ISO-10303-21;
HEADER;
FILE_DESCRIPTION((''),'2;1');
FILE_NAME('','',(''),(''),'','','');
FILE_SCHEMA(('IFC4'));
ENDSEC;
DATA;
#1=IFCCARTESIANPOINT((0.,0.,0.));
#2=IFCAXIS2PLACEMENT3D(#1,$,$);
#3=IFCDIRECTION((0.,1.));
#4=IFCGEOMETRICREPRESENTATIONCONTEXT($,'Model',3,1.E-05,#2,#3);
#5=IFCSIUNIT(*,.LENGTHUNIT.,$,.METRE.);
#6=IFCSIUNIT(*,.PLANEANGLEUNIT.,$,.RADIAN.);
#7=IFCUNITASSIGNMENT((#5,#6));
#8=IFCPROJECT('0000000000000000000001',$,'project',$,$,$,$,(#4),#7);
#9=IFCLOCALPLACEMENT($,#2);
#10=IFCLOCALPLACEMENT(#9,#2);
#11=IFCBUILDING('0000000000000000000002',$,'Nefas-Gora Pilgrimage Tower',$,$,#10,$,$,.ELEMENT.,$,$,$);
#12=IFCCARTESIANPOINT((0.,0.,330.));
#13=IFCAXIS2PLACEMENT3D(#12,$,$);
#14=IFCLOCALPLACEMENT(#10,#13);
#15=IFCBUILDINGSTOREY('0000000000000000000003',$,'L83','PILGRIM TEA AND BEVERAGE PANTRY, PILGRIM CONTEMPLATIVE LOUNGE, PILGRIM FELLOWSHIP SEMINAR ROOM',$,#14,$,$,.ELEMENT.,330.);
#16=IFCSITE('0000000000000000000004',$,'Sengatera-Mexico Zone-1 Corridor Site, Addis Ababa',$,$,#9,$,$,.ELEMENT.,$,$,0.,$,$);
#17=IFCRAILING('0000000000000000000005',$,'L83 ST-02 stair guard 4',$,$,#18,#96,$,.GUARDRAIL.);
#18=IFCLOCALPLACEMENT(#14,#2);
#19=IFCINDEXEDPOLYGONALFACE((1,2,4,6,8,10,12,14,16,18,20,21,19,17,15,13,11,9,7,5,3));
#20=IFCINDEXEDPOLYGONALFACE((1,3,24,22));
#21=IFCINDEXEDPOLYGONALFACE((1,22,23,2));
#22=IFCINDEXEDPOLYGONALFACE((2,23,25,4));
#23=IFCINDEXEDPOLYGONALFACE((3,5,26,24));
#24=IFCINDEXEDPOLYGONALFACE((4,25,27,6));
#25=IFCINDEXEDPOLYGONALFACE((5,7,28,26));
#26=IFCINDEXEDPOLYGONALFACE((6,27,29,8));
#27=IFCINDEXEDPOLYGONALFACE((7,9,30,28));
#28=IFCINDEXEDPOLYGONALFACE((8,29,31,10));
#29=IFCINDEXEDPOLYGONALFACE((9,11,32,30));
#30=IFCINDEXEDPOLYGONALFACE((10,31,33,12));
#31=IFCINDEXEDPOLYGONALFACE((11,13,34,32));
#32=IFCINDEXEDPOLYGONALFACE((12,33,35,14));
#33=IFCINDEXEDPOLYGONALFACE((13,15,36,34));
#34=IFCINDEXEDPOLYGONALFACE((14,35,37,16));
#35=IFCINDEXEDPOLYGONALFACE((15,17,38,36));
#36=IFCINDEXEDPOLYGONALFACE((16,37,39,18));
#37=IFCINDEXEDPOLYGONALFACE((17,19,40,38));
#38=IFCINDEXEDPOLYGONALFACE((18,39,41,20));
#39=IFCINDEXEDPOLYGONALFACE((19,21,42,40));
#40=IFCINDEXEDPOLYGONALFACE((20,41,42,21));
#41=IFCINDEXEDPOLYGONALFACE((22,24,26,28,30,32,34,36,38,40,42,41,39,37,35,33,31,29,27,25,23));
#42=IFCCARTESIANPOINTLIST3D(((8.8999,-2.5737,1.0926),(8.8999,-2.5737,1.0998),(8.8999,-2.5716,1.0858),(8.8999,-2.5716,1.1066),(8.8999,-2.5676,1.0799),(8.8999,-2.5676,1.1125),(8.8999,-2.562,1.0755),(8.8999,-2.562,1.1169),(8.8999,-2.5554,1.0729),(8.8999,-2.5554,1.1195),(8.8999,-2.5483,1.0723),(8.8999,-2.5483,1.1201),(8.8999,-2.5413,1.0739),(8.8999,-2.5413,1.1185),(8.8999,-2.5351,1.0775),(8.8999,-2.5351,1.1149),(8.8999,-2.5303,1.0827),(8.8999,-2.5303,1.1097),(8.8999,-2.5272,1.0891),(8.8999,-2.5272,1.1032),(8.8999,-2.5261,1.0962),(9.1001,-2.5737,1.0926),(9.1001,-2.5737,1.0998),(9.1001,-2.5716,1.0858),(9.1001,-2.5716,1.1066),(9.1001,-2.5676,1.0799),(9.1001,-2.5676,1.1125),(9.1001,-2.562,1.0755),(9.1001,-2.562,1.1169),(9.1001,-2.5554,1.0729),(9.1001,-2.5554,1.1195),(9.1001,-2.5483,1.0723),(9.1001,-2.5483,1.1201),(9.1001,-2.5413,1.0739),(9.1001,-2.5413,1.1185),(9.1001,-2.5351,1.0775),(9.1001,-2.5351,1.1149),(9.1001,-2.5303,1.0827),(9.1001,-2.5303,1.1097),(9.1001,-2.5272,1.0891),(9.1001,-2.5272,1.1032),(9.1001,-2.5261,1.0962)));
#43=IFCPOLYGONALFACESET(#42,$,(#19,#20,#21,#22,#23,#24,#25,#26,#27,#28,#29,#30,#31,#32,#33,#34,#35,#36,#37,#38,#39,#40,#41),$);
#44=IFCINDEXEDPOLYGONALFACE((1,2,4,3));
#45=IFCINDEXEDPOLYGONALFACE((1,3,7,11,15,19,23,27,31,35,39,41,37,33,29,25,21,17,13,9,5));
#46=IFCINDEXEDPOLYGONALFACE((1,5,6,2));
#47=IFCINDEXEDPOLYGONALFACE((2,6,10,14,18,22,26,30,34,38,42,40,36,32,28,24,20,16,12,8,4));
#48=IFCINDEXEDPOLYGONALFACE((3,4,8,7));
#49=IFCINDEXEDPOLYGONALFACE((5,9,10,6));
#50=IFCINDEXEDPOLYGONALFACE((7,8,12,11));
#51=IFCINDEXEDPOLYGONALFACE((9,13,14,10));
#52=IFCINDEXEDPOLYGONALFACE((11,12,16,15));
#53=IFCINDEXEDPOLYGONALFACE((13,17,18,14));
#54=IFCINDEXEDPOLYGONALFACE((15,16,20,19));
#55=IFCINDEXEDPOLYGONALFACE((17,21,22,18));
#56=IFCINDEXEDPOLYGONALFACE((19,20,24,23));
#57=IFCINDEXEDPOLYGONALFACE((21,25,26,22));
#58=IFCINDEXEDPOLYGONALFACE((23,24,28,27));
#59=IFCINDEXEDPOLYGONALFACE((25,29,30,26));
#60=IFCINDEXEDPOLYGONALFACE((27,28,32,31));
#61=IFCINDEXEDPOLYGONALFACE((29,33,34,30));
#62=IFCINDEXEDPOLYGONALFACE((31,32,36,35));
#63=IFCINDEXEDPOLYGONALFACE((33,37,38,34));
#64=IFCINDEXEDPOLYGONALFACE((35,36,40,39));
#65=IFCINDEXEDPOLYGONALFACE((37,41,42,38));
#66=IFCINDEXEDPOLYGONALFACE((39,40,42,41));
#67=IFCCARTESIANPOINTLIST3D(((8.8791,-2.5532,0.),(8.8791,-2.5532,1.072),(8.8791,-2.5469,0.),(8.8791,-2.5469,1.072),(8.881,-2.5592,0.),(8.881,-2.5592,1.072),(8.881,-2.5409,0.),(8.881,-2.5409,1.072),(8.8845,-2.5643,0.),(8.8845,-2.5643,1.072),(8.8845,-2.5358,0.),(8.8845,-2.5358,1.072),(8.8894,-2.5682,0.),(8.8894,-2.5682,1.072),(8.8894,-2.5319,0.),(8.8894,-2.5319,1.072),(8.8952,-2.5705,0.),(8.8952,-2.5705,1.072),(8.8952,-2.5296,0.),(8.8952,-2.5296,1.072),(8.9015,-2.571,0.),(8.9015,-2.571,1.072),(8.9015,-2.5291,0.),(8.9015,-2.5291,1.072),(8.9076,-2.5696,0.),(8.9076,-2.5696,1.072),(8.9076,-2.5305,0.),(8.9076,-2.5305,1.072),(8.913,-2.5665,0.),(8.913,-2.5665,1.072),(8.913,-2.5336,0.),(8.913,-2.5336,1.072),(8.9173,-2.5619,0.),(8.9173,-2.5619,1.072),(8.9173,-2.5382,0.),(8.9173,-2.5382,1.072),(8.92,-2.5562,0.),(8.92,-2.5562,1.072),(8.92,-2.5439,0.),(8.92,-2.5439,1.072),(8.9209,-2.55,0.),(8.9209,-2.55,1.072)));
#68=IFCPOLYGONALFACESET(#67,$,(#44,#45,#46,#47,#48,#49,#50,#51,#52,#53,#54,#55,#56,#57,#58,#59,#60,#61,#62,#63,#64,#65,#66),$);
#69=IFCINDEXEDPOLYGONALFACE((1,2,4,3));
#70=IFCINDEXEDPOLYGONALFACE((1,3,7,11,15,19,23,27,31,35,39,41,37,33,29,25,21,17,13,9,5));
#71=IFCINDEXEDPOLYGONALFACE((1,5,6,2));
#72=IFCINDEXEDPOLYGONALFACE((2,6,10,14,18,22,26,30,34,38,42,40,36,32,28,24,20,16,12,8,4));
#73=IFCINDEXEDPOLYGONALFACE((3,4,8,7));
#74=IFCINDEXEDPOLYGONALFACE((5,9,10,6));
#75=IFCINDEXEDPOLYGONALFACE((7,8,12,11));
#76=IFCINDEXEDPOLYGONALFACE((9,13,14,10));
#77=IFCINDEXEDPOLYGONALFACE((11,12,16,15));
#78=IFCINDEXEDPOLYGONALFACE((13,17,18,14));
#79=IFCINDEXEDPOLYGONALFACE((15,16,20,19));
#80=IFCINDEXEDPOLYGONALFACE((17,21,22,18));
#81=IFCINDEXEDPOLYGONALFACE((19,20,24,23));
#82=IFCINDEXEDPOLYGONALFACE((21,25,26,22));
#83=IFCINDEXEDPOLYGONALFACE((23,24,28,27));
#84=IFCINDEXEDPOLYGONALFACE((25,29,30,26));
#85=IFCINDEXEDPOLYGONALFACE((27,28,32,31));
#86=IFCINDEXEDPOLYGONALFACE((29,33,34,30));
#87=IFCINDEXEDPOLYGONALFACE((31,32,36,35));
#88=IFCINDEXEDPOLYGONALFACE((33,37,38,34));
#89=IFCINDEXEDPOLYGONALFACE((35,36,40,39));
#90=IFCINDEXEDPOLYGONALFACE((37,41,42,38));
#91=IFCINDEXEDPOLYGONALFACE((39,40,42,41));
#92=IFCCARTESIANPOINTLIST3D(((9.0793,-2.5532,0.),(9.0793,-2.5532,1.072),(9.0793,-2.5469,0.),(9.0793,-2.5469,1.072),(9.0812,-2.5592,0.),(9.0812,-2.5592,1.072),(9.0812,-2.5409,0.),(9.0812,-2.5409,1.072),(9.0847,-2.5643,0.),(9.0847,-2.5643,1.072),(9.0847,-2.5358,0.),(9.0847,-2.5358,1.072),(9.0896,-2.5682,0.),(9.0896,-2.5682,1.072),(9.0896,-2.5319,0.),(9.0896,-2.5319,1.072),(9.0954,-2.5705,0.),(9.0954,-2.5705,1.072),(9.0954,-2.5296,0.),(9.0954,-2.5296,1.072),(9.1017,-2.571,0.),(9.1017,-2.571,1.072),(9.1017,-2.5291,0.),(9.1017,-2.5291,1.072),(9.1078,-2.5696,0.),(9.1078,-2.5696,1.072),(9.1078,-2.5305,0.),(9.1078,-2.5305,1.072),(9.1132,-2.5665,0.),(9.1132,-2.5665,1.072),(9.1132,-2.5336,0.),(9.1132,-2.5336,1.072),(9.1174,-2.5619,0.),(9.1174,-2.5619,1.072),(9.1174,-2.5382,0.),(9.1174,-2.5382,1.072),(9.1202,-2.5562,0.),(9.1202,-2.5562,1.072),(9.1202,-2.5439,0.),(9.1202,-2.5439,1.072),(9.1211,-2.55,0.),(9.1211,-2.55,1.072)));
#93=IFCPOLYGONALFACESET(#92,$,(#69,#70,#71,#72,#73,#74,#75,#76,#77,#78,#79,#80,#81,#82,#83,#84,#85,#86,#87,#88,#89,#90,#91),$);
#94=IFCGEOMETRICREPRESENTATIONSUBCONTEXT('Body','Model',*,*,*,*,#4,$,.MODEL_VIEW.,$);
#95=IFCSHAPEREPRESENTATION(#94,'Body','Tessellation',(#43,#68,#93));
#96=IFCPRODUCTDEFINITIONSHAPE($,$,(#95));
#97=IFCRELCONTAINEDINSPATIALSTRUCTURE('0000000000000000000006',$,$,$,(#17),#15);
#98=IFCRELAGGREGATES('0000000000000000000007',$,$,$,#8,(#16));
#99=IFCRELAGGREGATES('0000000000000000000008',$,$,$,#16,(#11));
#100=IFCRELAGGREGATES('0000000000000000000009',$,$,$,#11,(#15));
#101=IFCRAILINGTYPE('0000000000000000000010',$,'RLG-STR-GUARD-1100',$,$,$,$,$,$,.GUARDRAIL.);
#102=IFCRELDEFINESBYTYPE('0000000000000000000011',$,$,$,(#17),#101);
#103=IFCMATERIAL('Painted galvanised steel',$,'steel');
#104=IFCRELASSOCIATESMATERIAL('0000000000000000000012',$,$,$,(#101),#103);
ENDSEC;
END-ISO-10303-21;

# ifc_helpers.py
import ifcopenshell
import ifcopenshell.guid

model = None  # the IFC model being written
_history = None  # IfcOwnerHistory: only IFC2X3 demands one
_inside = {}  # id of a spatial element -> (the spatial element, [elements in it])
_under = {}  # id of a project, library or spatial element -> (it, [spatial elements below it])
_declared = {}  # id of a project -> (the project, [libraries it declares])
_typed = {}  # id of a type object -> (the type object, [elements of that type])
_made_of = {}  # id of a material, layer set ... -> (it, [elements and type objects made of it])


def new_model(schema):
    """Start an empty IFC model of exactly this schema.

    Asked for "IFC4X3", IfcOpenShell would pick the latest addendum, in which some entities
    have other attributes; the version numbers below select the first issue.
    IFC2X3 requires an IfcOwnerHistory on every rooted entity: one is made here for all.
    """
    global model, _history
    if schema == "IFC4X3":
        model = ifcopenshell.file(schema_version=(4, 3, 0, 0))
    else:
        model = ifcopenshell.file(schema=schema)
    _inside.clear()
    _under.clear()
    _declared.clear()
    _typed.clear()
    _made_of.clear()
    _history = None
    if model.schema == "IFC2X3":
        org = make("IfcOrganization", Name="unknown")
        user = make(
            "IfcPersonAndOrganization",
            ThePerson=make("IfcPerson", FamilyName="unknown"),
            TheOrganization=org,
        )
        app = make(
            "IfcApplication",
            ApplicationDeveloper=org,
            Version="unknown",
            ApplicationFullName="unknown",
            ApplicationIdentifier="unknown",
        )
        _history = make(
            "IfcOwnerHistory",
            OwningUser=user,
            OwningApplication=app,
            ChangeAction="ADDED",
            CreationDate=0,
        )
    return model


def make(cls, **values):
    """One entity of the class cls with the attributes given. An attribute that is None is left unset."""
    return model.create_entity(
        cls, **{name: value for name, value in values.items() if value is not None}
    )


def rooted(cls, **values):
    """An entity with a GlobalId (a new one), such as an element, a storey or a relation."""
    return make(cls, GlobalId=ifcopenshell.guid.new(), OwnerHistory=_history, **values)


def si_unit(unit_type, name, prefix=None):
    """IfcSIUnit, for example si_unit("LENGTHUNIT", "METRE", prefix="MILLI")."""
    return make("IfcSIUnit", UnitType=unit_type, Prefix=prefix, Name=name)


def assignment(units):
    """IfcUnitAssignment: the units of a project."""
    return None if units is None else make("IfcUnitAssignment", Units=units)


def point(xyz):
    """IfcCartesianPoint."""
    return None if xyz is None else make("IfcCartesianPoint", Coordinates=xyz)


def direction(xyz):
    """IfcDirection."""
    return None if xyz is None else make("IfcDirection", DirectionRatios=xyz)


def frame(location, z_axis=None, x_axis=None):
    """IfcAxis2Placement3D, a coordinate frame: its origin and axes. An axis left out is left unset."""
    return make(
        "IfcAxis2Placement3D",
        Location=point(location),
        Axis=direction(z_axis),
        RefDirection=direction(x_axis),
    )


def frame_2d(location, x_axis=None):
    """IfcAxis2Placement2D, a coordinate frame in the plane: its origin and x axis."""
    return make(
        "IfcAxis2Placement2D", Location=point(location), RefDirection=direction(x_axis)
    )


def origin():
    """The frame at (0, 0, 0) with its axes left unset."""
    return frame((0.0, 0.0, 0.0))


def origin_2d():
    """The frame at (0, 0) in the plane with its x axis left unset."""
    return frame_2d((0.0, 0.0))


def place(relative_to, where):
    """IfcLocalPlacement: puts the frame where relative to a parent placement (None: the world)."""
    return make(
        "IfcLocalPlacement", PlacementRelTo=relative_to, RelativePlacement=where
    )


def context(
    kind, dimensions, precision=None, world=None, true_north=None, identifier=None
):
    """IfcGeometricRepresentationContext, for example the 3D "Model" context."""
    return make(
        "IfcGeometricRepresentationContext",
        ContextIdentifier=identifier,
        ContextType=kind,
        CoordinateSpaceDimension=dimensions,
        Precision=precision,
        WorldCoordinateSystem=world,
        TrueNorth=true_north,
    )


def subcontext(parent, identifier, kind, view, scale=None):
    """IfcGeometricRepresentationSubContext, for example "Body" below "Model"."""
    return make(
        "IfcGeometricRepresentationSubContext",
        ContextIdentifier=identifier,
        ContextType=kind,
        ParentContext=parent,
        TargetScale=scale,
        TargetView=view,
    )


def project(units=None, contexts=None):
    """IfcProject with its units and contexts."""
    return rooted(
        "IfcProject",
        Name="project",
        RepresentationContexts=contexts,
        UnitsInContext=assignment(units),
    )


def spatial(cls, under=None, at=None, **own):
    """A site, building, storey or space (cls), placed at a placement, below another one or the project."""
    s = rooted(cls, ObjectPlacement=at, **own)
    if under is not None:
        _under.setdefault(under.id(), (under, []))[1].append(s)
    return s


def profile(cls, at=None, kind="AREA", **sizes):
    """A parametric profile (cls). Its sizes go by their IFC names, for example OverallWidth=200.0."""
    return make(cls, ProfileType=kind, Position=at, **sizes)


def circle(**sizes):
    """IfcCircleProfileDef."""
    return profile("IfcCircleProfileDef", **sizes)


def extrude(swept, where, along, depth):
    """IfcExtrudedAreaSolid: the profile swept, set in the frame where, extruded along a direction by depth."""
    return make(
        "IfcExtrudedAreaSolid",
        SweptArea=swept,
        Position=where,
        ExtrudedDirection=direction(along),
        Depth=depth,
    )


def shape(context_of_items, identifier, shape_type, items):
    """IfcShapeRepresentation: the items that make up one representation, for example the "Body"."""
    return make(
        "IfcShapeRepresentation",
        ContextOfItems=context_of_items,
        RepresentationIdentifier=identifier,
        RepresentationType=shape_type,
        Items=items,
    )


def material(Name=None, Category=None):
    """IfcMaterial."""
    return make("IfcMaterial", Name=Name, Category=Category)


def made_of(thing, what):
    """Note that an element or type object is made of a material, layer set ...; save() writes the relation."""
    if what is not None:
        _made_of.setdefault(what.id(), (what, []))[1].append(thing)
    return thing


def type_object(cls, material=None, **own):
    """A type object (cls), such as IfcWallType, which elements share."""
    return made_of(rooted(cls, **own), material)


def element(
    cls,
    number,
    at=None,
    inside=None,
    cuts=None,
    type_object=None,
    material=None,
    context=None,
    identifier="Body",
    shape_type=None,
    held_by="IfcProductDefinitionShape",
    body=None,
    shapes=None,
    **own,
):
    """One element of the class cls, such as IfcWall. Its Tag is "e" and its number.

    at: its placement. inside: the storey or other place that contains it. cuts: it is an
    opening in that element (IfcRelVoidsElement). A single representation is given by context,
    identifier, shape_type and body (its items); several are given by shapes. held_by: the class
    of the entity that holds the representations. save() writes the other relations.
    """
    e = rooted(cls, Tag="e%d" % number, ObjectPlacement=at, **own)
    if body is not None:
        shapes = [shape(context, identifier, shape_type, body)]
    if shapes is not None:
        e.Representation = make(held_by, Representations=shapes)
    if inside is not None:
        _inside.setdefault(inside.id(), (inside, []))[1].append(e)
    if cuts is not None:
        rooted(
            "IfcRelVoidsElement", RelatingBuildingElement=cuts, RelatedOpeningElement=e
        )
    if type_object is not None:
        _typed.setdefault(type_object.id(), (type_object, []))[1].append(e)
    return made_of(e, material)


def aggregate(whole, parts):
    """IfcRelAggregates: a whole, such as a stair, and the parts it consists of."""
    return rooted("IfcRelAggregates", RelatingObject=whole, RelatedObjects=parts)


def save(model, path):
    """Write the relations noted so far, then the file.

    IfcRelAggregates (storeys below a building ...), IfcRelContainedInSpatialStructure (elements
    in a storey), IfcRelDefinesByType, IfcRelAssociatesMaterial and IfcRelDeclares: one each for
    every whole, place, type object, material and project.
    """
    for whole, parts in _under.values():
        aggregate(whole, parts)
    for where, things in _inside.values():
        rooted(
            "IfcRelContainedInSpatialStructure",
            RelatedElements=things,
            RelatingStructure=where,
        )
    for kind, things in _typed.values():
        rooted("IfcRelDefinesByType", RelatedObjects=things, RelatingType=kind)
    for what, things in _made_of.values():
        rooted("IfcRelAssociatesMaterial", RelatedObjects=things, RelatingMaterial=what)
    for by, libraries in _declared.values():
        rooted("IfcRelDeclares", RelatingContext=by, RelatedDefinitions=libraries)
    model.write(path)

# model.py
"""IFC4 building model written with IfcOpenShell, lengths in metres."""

from ifc_helpers import new_model, si_unit, direction, frame, origin, origin_2d, place, context, subcontext, project, spatial, circle, extrude, material, type_object, element, save


model = new_model("IFC4")

# Units and contexts
model_context = context("Model", 3, precision=1e-05, world=origin(), true_north=direction((0.0, 1.0)))
body_context = subcontext(model_context, "Body", "Model", "MODEL_VIEW")
ifc_project = project(units=[si_unit("LENGTHUNIT", "METRE"), si_unit("PLANEANGLEUNIT", "RADIAN")], contexts=[model_context])

# Site, building, storey
site_placement = place(None, origin())
site = spatial("IfcSite", under=ifc_project, at=site_placement, Name="Sengatera-Mexico Zone-1 Corridor Site, Addis Ababa", CompositionType="ELEMENT", RefElevation=0.0)
building_placement = place(site_placement, origin())
building = spatial("IfcBuilding", under=site, at=building_placement, Name="Nefas-Gora Pilgrimage Tower", CompositionType="ELEMENT")
storey_placement = place(building_placement, frame((0.0, 0.0, 330.0)))
storey = spatial("IfcBuildingStorey", under=building, at=storey_placement, Name="L83", Description="PILGRIM TEA AND BEVERAGE PANTRY, PILGRIM CONTEMPLATIVE LOUNGE, PILGRIM FELLOWSHIP SEMINAR ROOM", CompositionType="ELEMENT", Elevation=330.0)

# Railing
ifc_material_1 = material(Name="Painted galvanised steel", Category="steel")
railing_type_1 = type_object("IfcRailingType", Name="RLG-STR-GUARD-1100", PredefinedType="GUARDRAIL", material=ifc_material_1)
railing_1_placement = place(storey_placement, frame((8.8999, -2.55, 0.0)))
element("IfcRailing", 1, at=railing_1_placement, inside=storey, type_object=railing_type_1, Name="L83 ST-02 stair guard 4", PredefinedType="GUARDRAIL", context=body_context, shape_type="SweptSolid", body=[
    extrude(circle(Radius=0.0239, at=origin_2d()), frame((0.0, 0.0, 1.0962), z_axis=(1.0, 0.0, 0.0), x_axis=(0.0, 1.0, 0.0)), (0.0, 0.0, 1.0), 0.2002),
    extrude(circle(Radius=0.021, at=origin_2d()), origin(), (0.0, 0.0, 1.0), 1.072),
    extrude(circle(Radius=0.021, at=origin_2d()), frame((0.2002, 0.0, 0.0)), (0.0, 0.0, 1.0), 1.072),
])

save(model, "model.ifc")
